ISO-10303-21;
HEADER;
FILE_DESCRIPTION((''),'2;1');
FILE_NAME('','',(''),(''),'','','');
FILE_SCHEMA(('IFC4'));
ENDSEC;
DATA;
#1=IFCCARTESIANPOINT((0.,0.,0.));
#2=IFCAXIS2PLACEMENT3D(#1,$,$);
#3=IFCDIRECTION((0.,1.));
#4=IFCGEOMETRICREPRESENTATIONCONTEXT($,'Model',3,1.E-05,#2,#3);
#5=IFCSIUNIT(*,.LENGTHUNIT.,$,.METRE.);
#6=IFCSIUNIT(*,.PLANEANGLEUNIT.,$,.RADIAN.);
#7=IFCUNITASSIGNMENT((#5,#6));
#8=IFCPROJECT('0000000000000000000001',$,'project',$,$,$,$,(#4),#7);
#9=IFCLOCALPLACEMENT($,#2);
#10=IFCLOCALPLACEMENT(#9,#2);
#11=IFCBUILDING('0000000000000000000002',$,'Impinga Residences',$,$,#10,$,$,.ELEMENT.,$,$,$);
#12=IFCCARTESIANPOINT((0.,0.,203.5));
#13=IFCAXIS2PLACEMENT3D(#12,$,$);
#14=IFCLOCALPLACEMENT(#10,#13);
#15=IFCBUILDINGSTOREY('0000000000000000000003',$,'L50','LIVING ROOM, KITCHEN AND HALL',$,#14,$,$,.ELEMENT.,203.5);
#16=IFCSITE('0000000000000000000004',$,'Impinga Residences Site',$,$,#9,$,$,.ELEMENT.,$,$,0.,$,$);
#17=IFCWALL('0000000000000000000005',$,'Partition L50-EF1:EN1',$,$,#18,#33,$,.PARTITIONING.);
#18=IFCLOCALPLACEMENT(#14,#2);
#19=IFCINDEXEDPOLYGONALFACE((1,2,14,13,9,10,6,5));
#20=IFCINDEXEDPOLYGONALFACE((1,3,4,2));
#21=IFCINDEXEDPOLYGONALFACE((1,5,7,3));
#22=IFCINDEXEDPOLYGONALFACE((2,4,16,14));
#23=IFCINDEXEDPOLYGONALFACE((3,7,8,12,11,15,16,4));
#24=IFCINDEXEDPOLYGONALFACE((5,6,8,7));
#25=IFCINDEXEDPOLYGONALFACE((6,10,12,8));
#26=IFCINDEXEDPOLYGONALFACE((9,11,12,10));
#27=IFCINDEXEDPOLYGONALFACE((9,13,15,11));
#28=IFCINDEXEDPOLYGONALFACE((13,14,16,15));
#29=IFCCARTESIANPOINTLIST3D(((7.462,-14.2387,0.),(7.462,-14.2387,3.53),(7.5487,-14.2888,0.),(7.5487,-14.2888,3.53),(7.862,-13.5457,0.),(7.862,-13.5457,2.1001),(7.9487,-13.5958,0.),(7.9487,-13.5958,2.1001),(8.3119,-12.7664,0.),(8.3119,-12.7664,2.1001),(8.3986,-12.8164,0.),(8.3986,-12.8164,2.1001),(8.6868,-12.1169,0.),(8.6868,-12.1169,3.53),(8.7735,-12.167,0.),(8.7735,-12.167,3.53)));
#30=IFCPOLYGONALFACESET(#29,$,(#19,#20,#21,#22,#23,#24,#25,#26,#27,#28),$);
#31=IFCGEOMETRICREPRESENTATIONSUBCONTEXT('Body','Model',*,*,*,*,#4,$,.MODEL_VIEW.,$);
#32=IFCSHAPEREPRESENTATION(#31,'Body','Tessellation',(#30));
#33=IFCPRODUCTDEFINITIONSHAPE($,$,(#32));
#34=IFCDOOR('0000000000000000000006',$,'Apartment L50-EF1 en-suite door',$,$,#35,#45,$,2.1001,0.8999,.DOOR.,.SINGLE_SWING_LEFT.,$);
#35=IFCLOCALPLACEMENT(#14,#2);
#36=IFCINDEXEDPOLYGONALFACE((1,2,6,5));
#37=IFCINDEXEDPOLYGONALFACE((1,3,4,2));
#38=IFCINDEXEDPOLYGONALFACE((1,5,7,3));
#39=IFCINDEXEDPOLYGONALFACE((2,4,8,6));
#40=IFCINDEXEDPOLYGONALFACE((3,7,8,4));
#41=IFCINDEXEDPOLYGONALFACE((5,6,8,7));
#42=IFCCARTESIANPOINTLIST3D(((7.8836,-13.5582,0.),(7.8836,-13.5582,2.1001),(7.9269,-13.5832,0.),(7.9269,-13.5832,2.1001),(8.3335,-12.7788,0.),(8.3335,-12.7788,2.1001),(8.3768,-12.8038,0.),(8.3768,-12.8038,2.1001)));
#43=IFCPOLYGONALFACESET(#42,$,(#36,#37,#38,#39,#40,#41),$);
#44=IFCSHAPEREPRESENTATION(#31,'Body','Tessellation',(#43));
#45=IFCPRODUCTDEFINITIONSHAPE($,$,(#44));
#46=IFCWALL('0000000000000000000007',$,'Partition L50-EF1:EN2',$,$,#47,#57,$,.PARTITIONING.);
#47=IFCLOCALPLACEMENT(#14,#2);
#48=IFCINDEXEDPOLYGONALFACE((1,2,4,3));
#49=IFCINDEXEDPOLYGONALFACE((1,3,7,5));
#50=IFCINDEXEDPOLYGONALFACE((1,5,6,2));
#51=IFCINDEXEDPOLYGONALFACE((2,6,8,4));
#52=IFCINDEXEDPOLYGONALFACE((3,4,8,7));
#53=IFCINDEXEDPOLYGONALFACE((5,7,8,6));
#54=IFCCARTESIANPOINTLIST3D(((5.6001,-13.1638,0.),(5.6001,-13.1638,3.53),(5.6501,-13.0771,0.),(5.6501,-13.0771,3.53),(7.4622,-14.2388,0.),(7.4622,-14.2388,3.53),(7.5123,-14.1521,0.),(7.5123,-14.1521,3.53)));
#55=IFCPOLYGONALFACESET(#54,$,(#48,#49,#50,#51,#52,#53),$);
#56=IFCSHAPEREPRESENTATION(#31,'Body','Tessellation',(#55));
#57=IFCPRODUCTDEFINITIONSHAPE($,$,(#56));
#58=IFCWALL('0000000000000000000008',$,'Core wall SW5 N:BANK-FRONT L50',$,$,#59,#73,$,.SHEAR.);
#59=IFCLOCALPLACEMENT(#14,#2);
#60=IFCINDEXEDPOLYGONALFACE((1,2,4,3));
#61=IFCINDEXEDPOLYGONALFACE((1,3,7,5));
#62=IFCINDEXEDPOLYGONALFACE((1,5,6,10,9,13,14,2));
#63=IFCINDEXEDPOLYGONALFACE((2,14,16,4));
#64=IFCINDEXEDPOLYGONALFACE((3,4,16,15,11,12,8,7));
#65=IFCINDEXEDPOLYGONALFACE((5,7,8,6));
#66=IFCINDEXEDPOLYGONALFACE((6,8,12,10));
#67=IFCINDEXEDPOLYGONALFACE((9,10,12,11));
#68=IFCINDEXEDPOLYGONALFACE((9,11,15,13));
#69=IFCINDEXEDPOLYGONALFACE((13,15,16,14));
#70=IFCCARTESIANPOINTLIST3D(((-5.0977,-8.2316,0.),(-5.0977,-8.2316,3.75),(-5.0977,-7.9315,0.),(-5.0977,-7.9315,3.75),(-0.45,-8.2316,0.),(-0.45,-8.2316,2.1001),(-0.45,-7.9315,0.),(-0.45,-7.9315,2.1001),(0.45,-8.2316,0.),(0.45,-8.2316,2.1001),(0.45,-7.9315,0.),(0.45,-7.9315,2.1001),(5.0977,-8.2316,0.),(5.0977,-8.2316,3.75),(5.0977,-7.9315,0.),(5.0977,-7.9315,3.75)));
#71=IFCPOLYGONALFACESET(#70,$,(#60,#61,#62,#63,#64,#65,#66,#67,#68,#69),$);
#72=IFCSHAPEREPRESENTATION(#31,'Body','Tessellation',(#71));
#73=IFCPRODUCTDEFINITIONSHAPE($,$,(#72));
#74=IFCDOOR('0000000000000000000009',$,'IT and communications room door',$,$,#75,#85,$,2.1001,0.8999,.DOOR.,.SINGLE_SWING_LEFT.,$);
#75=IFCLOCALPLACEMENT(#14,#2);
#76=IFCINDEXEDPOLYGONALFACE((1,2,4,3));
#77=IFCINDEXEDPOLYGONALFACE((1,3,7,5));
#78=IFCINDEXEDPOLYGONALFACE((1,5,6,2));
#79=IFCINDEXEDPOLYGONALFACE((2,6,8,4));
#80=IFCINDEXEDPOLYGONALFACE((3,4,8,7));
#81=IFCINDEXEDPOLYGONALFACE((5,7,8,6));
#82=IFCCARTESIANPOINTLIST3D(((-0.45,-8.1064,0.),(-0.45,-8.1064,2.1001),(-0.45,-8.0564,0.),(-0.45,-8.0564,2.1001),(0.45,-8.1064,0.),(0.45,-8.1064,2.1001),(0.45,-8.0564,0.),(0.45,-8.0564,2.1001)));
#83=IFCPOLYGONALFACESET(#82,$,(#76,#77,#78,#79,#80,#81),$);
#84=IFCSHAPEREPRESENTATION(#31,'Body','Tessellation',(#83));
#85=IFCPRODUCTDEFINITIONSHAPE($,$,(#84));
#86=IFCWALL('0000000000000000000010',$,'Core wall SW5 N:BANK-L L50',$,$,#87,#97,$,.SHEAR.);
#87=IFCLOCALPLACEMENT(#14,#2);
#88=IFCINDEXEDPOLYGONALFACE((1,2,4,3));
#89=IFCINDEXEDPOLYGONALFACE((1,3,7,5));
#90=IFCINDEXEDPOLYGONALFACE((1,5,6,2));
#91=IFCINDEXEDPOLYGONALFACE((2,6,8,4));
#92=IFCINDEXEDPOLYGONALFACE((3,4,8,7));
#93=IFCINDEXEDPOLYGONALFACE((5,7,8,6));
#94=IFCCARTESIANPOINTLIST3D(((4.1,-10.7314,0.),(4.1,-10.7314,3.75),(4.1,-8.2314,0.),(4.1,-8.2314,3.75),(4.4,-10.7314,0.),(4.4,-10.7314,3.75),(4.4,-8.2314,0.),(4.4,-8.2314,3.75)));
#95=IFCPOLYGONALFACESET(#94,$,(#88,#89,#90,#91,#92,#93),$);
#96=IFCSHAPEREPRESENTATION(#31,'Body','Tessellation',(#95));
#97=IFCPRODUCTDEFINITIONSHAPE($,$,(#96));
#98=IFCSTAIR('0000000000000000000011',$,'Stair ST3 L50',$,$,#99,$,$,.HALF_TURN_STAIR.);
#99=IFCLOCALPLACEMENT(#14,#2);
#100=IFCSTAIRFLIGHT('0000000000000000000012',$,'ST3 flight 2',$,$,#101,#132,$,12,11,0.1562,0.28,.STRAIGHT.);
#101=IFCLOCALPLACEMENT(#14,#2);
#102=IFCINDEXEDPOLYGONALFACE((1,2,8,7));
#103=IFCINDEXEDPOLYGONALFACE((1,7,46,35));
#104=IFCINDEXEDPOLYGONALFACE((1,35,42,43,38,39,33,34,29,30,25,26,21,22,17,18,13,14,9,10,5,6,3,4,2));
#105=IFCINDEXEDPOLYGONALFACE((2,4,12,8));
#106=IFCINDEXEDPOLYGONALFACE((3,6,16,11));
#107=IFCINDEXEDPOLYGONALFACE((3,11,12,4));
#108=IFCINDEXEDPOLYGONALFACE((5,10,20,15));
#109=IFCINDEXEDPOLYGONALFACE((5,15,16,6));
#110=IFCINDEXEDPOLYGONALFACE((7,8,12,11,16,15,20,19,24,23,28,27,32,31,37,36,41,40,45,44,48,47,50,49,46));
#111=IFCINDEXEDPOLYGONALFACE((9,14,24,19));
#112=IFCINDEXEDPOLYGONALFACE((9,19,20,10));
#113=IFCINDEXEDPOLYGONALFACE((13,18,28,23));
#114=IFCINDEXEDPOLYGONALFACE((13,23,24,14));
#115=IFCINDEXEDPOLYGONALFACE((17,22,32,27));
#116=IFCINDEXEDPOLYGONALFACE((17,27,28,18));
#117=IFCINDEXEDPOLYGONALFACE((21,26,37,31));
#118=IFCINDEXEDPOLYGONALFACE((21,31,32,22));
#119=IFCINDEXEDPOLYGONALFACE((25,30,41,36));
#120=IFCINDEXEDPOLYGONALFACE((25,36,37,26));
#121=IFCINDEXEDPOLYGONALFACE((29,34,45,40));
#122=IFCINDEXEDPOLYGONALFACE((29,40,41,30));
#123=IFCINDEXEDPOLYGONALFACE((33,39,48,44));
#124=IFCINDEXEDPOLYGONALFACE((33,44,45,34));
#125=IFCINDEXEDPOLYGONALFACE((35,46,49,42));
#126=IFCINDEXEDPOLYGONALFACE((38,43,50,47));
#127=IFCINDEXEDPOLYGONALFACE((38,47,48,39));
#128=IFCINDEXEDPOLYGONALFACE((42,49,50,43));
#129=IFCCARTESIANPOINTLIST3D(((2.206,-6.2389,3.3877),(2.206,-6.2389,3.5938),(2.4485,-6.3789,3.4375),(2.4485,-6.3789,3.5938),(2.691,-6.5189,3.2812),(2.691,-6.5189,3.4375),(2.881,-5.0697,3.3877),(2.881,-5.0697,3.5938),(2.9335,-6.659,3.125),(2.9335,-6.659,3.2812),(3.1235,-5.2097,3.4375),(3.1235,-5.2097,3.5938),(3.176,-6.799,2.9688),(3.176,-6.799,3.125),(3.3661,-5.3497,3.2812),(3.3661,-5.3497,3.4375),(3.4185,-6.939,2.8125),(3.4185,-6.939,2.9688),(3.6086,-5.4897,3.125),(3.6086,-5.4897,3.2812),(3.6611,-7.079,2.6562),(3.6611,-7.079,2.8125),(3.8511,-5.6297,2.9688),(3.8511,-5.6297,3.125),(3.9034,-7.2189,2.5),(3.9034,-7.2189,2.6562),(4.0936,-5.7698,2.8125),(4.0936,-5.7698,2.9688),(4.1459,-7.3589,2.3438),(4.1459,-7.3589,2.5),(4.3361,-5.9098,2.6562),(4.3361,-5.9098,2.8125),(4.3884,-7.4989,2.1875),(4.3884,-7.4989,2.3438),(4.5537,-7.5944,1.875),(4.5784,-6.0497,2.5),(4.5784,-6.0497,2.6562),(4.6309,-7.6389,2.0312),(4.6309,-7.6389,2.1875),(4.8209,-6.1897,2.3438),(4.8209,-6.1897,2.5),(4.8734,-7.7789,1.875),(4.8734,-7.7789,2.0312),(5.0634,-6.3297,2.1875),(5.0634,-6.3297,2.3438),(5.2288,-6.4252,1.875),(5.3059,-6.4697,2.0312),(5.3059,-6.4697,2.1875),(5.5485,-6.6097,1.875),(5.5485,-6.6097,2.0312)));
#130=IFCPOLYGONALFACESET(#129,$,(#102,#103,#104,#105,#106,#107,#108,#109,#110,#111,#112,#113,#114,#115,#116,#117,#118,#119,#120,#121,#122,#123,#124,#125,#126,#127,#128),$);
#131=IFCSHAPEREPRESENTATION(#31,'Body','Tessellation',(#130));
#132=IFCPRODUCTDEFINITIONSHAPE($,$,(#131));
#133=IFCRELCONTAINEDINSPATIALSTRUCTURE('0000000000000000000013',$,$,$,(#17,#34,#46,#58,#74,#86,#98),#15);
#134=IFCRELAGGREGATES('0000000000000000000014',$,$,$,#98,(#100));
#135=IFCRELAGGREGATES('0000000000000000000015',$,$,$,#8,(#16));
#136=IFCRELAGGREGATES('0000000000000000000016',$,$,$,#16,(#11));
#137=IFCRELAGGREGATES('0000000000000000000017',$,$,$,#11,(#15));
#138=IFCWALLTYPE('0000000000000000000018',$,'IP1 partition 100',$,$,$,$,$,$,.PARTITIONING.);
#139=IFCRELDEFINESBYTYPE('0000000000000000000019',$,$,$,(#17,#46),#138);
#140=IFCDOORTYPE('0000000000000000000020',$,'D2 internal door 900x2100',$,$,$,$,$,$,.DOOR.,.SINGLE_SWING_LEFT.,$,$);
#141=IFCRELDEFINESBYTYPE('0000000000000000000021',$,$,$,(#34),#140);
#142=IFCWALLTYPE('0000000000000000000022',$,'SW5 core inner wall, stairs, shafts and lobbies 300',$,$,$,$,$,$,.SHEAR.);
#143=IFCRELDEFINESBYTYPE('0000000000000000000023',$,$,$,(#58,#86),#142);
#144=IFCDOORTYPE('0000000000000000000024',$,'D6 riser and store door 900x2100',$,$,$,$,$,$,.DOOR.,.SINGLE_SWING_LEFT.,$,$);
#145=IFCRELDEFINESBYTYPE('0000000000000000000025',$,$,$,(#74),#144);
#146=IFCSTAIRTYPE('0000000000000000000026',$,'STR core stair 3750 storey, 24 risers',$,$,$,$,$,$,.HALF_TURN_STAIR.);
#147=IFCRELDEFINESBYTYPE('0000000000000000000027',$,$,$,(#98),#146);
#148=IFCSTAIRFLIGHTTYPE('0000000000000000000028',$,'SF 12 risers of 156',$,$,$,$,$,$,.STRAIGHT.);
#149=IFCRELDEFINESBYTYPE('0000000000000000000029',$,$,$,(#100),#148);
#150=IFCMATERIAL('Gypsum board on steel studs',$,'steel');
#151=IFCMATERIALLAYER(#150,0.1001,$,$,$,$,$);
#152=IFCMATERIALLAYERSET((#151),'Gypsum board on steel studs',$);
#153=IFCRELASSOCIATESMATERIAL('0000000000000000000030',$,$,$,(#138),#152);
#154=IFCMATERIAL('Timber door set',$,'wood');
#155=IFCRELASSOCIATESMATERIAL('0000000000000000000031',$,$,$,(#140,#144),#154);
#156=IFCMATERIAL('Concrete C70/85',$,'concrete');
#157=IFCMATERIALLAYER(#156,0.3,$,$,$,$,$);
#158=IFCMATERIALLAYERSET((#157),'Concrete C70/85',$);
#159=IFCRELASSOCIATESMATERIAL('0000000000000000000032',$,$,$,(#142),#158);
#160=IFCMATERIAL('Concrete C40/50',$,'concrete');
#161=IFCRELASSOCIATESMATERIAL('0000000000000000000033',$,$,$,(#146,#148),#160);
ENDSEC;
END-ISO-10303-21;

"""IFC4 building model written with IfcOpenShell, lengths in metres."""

from ifc_helpers import new_model, si_unit, direction, frame, frame_2d, origin, place, context, subcontext, project, spatial, polyline, rectangle, outline, extrude, material, layer, layer_set, type_object, element, fill, aggregate, save


model = new_model("IFC4")

# Units and contexts
model_context = context("Model", 3, precision=1e-05, world=origin(), true_north=direction((0.0, 1.0)))
body_context = subcontext(model_context, "Body", "Model", "MODEL_VIEW")
ifc_project = project(units=[si_unit("LENGTHUNIT", "METRE"), si_unit("PLANEANGLEUNIT", "RADIAN")], contexts=[model_context])

# Site, building, storey
site_placement = place(None, origin())
site = spatial("IfcSite", under=ifc_project, at=site_placement, Name="Impinga Residences Site", CompositionType="ELEMENT", RefElevation=0.0)
building_placement = place(site_placement, origin())
building = spatial("IfcBuilding", under=site, at=building_placement, Name="Impinga Residences", CompositionType="ELEMENT")
storey_placement = place(building_placement, frame((0.0, 0.0, 203.5)))
storey = spatial("IfcBuildingStorey", under=building, at=storey_placement, Name="L50", Description="LIVING ROOM, KITCHEN AND HALL", CompositionType="ELEMENT", Elevation=203.5)

# Shared definitions
ifc_material_1 = material(Name="Timber door set", Category="wood")

# Shared definitions
ifc_material_2 = material(Name="Gypsum board on steel studs", Category="steel")
ifc_layer_1 = layer(ifc_material_2, 0.1001)
ifc_layer_set_1 = layer_set([ifc_layer_1], Name="Gypsum board on steel studs")
wall_type_1 = type_object("IfcWallType", Name="IP1 partition 100", PredefinedType="PARTITIONING", material=ifc_layer_set_1)

# Shared definitions
door_type_1 = type_object("IfcDoorType", Name="D2 internal door 900x2100", OperationType="SINGLE_SWING_LEFT", PredefinedType="DOOR", material=ifc_material_1)

# Wall, opening, door
wall_1_placement = place(storey_placement, frame((8.7302, -12.1418, 0.0), z_axis=(0.0, 0.0, 1.0), x_axis=(-0.499944, -0.866058, 0.0)))
wall_1 = element("IfcWall", 1, at=wall_1_placement, inside=storey, type_object=wall_type_1, Name="Partition L50-EF1:EN1", PredefinedType="PARTITIONING", context=body_context, shape_type="SweptSolid", body=[
    extrude(rectangle(XDim=2.45, YDim=0.1001, at=frame_2d((1.2251, 0.0))), origin(), (0.0, 0.0, 1.0), 3.53),
])
opening_1_placement = place(wall_1_placement, frame((0.75, 0.0, 0.0)))
opening_1 = element("IfcOpeningElement", 2, at=opening_1_placement, cuts=wall_1, PredefinedType="OPENING", context=body_context, shape_type="SweptSolid", body=[
    extrude(rectangle(XDim=0.8999, YDim=2.1001, at=frame_2d((0.45, 1.05))), frame((0.0, 0.0601, 0.0), z_axis=(0.0, -1.0, 0.0), x_axis=(1.0, 0.0, 0.0)), (0.0, 0.0, 1.0), 0.1201),
])
door_1_placement = place(opening_1_placement, origin())
door_1 = element("IfcDoor", 3, at=door_1_placement, inside=storey, type_object=door_type_1, Name="Apartment L50-EF1 en-suite door", OperationType="SINGLE_SWING_LEFT", OverallHeight=2.1001, OverallWidth=0.8999, PredefinedType="DOOR", context=body_context, shape_type="SweptSolid", body=[
    extrude(rectangle(XDim=0.8999, YDim=2.1001, at=frame_2d((0.45, 1.05))), frame((0.0, 0.0249, 0.0), z_axis=(0.0, -1.0, 0.0), x_axis=(1.0, 0.0, 0.0)), (0.0, 0.0, 1.0), 0.05),
])
fill(opening_1, door_1)

# Wall
wall_2_placement = place(storey_placement, frame((5.625, -13.1204, 0.0), z_axis=(0.0, 0.0, 1.0), x_axis=(0.866048, -0.499962, 0.0)))
element("IfcWall", 4, at=wall_2_placement, inside=storey, type_object=wall_type_1, Name="Partition L50-EF1:EN2", PredefinedType="PARTITIONING", context=body_context, shape_type="SweptSolid", body=[
    extrude(rectangle(XDim=2.1501, YDim=0.1001, at=frame_2d((1.0752, 0.0))), origin(), (0.0, 0.0, 1.0), 3.53),
])

# Wall, opening, door
ifc_material_3 = material(Name="Concrete C70/85", Category="concrete")
ifc_layer_2 = layer(ifc_material_3, 0.3)
ifc_layer_set_2 = layer_set([ifc_layer_2], Name="Concrete C70/85")
wall_type_2 = type_object("IfcWallType", Name="SW5 core inner wall, stairs, shafts and lobbies 300", PredefinedType="SHEAR", material=ifc_layer_set_2)
wall_3_placement = place(storey_placement, frame((5.0977, -8.0815, 0.0), z_axis=(0.0, 0.0, 1.0), x_axis=(-1.0, 0.0, 0.0)))
wall_3 = element("IfcWall", 5, at=wall_3_placement, inside=storey, type_object=wall_type_2, Name="Core wall SW5 N:BANK-FRONT L50", PredefinedType="SHEAR", context=body_context, shape_type="SweptSolid", body=[
    extrude(rectangle(XDim=10.1953, YDim=0.3, at=frame_2d((5.0977, 0.0))), origin(), (0.0, 0.0, 1.0), 3.75),
])
opening_2_placement = place(wall_3_placement, frame((4.6477, 0.0, 0.0)))
opening_2 = element("IfcOpeningElement", 6, at=opening_2_placement, cuts=wall_3, PredefinedType="OPENING", context=body_context, shape_type="SweptSolid", body=[
    extrude(rectangle(XDim=0.8999, YDim=2.1001, at=frame_2d((0.45, 1.05))), frame((0.0, 0.1599, 0.0), z_axis=(0.0, -1.0, 0.0), x_axis=(1.0, 0.0, 0.0)), (0.0, 0.0, 1.0), 0.3201),
])
door_type_2 = type_object("IfcDoorType", Name="D6 riser and store door 900x2100", OperationType="SINGLE_SWING_LEFT", PredefinedType="DOOR", material=ifc_material_1)
door_2_placement = place(opening_2_placement, origin())
door_2 = element("IfcDoor", 7, at=door_2_placement, inside=storey, type_object=door_type_2, Name="IT and communications room door", OperationType="SINGLE_SWING_LEFT", OverallHeight=2.1001, OverallWidth=0.8999, PredefinedType="DOOR", context=body_context, shape_type="SweptSolid", body=[
    extrude(rectangle(XDim=0.8999, YDim=2.1001, at=frame_2d((0.45, 1.05))), frame((0.0, 0.0249, 0.0), z_axis=(0.0, -1.0, 0.0), x_axis=(1.0, 0.0, 0.0)), (0.0, 0.0, 1.0), 0.05),
])
fill(opening_2, door_2)

# Wall
wall_4_placement = place(storey_placement, frame((4.25, -8.2314, 0.0), z_axis=(0.0, 0.0, 1.0), x_axis=(0.0, -1.0, 0.0)))
element("IfcWall", 8, at=wall_4_placement, inside=storey, type_object=wall_type_2, Name="Core wall SW5 N:BANK-L L50", PredefinedType="SHEAR", context=body_context, shape_type="SweptSolid", body=[
    extrude(rectangle(XDim=2.5, YDim=0.3, at=frame_2d((1.25, 0.0))), origin(), (0.0, 0.0, 1.0), 3.75),
])

# Stair, stair flight
ifc_material_4 = material(Name="Concrete C40/50", Category="concrete")
stair_type = type_object("IfcStairType", Name="STR core stair 3750 storey, 24 risers", PredefinedType="HALF_TURN_STAIR", material=ifc_material_4)
stair_placement = place(storey_placement, origin())
stair = element("IfcStair", 9, at=stair_placement, inside=storey, type_object=stair_type, Name="Stair ST3 L50", PredefinedType="HALF_TURN_STAIR")
stair_flight_type = type_object("IfcStairFlightType", Name="SF 12 risers of 156", PredefinedType="STRAIGHT", material=ifc_material_4)
stair_flight_placement = place(storey_placement, frame((5.2109, -7.1943, 1.875), z_axis=(0.0, 0.0, 1.0), x_axis=(-0.866025, 0.5, 0.0)))
stair_flight = element("IfcStairFlight", 10, at=stair_flight_placement, type_object=stair_flight_type, Name="ST3 flight 2", NumberOfRisers=12, NumberOfTreads=11, PredefinedType="STRAIGHT", RiserHeight=0.1562, TreadLength=0.28, context=body_context, shape_type="SweptSolid", body=[
    extrude(outline(polyline([(0.0, 0.0), (0.0, 0.1562), (0.28, 0.1562), (0.28, 0.3125), (0.5601, 0.3125), (0.5601, 0.4688), (0.8401, 0.4688), (0.8401, 0.625), (1.1201, 0.625), (1.1201, 0.7812), (1.3999, 0.7812), (1.3999, 0.9375), (1.6799, 0.9375), (1.6799, 1.0938), (1.96, 1.0938), (1.96, 1.25), (2.24, 1.25), (2.24, 1.4062), (2.52, 1.4062), (2.52, 1.5625), (2.8, 1.5625), (2.8, 1.7188), (3.0801, 1.7188), (3.0801, 1.875), (3.0801, 1.5127), (0.3691, 0.0), (0.0, 0.0)])), frame((0.0, 0.675, 0.0), z_axis=(0.0, -1.0, 0.0), x_axis=(1.0, 0.0, 0.0)), (0.0, 0.0, 1.0), 1.3501),
])
aggregate(stair, [stair_flight])

save(model, "model.ifc")
